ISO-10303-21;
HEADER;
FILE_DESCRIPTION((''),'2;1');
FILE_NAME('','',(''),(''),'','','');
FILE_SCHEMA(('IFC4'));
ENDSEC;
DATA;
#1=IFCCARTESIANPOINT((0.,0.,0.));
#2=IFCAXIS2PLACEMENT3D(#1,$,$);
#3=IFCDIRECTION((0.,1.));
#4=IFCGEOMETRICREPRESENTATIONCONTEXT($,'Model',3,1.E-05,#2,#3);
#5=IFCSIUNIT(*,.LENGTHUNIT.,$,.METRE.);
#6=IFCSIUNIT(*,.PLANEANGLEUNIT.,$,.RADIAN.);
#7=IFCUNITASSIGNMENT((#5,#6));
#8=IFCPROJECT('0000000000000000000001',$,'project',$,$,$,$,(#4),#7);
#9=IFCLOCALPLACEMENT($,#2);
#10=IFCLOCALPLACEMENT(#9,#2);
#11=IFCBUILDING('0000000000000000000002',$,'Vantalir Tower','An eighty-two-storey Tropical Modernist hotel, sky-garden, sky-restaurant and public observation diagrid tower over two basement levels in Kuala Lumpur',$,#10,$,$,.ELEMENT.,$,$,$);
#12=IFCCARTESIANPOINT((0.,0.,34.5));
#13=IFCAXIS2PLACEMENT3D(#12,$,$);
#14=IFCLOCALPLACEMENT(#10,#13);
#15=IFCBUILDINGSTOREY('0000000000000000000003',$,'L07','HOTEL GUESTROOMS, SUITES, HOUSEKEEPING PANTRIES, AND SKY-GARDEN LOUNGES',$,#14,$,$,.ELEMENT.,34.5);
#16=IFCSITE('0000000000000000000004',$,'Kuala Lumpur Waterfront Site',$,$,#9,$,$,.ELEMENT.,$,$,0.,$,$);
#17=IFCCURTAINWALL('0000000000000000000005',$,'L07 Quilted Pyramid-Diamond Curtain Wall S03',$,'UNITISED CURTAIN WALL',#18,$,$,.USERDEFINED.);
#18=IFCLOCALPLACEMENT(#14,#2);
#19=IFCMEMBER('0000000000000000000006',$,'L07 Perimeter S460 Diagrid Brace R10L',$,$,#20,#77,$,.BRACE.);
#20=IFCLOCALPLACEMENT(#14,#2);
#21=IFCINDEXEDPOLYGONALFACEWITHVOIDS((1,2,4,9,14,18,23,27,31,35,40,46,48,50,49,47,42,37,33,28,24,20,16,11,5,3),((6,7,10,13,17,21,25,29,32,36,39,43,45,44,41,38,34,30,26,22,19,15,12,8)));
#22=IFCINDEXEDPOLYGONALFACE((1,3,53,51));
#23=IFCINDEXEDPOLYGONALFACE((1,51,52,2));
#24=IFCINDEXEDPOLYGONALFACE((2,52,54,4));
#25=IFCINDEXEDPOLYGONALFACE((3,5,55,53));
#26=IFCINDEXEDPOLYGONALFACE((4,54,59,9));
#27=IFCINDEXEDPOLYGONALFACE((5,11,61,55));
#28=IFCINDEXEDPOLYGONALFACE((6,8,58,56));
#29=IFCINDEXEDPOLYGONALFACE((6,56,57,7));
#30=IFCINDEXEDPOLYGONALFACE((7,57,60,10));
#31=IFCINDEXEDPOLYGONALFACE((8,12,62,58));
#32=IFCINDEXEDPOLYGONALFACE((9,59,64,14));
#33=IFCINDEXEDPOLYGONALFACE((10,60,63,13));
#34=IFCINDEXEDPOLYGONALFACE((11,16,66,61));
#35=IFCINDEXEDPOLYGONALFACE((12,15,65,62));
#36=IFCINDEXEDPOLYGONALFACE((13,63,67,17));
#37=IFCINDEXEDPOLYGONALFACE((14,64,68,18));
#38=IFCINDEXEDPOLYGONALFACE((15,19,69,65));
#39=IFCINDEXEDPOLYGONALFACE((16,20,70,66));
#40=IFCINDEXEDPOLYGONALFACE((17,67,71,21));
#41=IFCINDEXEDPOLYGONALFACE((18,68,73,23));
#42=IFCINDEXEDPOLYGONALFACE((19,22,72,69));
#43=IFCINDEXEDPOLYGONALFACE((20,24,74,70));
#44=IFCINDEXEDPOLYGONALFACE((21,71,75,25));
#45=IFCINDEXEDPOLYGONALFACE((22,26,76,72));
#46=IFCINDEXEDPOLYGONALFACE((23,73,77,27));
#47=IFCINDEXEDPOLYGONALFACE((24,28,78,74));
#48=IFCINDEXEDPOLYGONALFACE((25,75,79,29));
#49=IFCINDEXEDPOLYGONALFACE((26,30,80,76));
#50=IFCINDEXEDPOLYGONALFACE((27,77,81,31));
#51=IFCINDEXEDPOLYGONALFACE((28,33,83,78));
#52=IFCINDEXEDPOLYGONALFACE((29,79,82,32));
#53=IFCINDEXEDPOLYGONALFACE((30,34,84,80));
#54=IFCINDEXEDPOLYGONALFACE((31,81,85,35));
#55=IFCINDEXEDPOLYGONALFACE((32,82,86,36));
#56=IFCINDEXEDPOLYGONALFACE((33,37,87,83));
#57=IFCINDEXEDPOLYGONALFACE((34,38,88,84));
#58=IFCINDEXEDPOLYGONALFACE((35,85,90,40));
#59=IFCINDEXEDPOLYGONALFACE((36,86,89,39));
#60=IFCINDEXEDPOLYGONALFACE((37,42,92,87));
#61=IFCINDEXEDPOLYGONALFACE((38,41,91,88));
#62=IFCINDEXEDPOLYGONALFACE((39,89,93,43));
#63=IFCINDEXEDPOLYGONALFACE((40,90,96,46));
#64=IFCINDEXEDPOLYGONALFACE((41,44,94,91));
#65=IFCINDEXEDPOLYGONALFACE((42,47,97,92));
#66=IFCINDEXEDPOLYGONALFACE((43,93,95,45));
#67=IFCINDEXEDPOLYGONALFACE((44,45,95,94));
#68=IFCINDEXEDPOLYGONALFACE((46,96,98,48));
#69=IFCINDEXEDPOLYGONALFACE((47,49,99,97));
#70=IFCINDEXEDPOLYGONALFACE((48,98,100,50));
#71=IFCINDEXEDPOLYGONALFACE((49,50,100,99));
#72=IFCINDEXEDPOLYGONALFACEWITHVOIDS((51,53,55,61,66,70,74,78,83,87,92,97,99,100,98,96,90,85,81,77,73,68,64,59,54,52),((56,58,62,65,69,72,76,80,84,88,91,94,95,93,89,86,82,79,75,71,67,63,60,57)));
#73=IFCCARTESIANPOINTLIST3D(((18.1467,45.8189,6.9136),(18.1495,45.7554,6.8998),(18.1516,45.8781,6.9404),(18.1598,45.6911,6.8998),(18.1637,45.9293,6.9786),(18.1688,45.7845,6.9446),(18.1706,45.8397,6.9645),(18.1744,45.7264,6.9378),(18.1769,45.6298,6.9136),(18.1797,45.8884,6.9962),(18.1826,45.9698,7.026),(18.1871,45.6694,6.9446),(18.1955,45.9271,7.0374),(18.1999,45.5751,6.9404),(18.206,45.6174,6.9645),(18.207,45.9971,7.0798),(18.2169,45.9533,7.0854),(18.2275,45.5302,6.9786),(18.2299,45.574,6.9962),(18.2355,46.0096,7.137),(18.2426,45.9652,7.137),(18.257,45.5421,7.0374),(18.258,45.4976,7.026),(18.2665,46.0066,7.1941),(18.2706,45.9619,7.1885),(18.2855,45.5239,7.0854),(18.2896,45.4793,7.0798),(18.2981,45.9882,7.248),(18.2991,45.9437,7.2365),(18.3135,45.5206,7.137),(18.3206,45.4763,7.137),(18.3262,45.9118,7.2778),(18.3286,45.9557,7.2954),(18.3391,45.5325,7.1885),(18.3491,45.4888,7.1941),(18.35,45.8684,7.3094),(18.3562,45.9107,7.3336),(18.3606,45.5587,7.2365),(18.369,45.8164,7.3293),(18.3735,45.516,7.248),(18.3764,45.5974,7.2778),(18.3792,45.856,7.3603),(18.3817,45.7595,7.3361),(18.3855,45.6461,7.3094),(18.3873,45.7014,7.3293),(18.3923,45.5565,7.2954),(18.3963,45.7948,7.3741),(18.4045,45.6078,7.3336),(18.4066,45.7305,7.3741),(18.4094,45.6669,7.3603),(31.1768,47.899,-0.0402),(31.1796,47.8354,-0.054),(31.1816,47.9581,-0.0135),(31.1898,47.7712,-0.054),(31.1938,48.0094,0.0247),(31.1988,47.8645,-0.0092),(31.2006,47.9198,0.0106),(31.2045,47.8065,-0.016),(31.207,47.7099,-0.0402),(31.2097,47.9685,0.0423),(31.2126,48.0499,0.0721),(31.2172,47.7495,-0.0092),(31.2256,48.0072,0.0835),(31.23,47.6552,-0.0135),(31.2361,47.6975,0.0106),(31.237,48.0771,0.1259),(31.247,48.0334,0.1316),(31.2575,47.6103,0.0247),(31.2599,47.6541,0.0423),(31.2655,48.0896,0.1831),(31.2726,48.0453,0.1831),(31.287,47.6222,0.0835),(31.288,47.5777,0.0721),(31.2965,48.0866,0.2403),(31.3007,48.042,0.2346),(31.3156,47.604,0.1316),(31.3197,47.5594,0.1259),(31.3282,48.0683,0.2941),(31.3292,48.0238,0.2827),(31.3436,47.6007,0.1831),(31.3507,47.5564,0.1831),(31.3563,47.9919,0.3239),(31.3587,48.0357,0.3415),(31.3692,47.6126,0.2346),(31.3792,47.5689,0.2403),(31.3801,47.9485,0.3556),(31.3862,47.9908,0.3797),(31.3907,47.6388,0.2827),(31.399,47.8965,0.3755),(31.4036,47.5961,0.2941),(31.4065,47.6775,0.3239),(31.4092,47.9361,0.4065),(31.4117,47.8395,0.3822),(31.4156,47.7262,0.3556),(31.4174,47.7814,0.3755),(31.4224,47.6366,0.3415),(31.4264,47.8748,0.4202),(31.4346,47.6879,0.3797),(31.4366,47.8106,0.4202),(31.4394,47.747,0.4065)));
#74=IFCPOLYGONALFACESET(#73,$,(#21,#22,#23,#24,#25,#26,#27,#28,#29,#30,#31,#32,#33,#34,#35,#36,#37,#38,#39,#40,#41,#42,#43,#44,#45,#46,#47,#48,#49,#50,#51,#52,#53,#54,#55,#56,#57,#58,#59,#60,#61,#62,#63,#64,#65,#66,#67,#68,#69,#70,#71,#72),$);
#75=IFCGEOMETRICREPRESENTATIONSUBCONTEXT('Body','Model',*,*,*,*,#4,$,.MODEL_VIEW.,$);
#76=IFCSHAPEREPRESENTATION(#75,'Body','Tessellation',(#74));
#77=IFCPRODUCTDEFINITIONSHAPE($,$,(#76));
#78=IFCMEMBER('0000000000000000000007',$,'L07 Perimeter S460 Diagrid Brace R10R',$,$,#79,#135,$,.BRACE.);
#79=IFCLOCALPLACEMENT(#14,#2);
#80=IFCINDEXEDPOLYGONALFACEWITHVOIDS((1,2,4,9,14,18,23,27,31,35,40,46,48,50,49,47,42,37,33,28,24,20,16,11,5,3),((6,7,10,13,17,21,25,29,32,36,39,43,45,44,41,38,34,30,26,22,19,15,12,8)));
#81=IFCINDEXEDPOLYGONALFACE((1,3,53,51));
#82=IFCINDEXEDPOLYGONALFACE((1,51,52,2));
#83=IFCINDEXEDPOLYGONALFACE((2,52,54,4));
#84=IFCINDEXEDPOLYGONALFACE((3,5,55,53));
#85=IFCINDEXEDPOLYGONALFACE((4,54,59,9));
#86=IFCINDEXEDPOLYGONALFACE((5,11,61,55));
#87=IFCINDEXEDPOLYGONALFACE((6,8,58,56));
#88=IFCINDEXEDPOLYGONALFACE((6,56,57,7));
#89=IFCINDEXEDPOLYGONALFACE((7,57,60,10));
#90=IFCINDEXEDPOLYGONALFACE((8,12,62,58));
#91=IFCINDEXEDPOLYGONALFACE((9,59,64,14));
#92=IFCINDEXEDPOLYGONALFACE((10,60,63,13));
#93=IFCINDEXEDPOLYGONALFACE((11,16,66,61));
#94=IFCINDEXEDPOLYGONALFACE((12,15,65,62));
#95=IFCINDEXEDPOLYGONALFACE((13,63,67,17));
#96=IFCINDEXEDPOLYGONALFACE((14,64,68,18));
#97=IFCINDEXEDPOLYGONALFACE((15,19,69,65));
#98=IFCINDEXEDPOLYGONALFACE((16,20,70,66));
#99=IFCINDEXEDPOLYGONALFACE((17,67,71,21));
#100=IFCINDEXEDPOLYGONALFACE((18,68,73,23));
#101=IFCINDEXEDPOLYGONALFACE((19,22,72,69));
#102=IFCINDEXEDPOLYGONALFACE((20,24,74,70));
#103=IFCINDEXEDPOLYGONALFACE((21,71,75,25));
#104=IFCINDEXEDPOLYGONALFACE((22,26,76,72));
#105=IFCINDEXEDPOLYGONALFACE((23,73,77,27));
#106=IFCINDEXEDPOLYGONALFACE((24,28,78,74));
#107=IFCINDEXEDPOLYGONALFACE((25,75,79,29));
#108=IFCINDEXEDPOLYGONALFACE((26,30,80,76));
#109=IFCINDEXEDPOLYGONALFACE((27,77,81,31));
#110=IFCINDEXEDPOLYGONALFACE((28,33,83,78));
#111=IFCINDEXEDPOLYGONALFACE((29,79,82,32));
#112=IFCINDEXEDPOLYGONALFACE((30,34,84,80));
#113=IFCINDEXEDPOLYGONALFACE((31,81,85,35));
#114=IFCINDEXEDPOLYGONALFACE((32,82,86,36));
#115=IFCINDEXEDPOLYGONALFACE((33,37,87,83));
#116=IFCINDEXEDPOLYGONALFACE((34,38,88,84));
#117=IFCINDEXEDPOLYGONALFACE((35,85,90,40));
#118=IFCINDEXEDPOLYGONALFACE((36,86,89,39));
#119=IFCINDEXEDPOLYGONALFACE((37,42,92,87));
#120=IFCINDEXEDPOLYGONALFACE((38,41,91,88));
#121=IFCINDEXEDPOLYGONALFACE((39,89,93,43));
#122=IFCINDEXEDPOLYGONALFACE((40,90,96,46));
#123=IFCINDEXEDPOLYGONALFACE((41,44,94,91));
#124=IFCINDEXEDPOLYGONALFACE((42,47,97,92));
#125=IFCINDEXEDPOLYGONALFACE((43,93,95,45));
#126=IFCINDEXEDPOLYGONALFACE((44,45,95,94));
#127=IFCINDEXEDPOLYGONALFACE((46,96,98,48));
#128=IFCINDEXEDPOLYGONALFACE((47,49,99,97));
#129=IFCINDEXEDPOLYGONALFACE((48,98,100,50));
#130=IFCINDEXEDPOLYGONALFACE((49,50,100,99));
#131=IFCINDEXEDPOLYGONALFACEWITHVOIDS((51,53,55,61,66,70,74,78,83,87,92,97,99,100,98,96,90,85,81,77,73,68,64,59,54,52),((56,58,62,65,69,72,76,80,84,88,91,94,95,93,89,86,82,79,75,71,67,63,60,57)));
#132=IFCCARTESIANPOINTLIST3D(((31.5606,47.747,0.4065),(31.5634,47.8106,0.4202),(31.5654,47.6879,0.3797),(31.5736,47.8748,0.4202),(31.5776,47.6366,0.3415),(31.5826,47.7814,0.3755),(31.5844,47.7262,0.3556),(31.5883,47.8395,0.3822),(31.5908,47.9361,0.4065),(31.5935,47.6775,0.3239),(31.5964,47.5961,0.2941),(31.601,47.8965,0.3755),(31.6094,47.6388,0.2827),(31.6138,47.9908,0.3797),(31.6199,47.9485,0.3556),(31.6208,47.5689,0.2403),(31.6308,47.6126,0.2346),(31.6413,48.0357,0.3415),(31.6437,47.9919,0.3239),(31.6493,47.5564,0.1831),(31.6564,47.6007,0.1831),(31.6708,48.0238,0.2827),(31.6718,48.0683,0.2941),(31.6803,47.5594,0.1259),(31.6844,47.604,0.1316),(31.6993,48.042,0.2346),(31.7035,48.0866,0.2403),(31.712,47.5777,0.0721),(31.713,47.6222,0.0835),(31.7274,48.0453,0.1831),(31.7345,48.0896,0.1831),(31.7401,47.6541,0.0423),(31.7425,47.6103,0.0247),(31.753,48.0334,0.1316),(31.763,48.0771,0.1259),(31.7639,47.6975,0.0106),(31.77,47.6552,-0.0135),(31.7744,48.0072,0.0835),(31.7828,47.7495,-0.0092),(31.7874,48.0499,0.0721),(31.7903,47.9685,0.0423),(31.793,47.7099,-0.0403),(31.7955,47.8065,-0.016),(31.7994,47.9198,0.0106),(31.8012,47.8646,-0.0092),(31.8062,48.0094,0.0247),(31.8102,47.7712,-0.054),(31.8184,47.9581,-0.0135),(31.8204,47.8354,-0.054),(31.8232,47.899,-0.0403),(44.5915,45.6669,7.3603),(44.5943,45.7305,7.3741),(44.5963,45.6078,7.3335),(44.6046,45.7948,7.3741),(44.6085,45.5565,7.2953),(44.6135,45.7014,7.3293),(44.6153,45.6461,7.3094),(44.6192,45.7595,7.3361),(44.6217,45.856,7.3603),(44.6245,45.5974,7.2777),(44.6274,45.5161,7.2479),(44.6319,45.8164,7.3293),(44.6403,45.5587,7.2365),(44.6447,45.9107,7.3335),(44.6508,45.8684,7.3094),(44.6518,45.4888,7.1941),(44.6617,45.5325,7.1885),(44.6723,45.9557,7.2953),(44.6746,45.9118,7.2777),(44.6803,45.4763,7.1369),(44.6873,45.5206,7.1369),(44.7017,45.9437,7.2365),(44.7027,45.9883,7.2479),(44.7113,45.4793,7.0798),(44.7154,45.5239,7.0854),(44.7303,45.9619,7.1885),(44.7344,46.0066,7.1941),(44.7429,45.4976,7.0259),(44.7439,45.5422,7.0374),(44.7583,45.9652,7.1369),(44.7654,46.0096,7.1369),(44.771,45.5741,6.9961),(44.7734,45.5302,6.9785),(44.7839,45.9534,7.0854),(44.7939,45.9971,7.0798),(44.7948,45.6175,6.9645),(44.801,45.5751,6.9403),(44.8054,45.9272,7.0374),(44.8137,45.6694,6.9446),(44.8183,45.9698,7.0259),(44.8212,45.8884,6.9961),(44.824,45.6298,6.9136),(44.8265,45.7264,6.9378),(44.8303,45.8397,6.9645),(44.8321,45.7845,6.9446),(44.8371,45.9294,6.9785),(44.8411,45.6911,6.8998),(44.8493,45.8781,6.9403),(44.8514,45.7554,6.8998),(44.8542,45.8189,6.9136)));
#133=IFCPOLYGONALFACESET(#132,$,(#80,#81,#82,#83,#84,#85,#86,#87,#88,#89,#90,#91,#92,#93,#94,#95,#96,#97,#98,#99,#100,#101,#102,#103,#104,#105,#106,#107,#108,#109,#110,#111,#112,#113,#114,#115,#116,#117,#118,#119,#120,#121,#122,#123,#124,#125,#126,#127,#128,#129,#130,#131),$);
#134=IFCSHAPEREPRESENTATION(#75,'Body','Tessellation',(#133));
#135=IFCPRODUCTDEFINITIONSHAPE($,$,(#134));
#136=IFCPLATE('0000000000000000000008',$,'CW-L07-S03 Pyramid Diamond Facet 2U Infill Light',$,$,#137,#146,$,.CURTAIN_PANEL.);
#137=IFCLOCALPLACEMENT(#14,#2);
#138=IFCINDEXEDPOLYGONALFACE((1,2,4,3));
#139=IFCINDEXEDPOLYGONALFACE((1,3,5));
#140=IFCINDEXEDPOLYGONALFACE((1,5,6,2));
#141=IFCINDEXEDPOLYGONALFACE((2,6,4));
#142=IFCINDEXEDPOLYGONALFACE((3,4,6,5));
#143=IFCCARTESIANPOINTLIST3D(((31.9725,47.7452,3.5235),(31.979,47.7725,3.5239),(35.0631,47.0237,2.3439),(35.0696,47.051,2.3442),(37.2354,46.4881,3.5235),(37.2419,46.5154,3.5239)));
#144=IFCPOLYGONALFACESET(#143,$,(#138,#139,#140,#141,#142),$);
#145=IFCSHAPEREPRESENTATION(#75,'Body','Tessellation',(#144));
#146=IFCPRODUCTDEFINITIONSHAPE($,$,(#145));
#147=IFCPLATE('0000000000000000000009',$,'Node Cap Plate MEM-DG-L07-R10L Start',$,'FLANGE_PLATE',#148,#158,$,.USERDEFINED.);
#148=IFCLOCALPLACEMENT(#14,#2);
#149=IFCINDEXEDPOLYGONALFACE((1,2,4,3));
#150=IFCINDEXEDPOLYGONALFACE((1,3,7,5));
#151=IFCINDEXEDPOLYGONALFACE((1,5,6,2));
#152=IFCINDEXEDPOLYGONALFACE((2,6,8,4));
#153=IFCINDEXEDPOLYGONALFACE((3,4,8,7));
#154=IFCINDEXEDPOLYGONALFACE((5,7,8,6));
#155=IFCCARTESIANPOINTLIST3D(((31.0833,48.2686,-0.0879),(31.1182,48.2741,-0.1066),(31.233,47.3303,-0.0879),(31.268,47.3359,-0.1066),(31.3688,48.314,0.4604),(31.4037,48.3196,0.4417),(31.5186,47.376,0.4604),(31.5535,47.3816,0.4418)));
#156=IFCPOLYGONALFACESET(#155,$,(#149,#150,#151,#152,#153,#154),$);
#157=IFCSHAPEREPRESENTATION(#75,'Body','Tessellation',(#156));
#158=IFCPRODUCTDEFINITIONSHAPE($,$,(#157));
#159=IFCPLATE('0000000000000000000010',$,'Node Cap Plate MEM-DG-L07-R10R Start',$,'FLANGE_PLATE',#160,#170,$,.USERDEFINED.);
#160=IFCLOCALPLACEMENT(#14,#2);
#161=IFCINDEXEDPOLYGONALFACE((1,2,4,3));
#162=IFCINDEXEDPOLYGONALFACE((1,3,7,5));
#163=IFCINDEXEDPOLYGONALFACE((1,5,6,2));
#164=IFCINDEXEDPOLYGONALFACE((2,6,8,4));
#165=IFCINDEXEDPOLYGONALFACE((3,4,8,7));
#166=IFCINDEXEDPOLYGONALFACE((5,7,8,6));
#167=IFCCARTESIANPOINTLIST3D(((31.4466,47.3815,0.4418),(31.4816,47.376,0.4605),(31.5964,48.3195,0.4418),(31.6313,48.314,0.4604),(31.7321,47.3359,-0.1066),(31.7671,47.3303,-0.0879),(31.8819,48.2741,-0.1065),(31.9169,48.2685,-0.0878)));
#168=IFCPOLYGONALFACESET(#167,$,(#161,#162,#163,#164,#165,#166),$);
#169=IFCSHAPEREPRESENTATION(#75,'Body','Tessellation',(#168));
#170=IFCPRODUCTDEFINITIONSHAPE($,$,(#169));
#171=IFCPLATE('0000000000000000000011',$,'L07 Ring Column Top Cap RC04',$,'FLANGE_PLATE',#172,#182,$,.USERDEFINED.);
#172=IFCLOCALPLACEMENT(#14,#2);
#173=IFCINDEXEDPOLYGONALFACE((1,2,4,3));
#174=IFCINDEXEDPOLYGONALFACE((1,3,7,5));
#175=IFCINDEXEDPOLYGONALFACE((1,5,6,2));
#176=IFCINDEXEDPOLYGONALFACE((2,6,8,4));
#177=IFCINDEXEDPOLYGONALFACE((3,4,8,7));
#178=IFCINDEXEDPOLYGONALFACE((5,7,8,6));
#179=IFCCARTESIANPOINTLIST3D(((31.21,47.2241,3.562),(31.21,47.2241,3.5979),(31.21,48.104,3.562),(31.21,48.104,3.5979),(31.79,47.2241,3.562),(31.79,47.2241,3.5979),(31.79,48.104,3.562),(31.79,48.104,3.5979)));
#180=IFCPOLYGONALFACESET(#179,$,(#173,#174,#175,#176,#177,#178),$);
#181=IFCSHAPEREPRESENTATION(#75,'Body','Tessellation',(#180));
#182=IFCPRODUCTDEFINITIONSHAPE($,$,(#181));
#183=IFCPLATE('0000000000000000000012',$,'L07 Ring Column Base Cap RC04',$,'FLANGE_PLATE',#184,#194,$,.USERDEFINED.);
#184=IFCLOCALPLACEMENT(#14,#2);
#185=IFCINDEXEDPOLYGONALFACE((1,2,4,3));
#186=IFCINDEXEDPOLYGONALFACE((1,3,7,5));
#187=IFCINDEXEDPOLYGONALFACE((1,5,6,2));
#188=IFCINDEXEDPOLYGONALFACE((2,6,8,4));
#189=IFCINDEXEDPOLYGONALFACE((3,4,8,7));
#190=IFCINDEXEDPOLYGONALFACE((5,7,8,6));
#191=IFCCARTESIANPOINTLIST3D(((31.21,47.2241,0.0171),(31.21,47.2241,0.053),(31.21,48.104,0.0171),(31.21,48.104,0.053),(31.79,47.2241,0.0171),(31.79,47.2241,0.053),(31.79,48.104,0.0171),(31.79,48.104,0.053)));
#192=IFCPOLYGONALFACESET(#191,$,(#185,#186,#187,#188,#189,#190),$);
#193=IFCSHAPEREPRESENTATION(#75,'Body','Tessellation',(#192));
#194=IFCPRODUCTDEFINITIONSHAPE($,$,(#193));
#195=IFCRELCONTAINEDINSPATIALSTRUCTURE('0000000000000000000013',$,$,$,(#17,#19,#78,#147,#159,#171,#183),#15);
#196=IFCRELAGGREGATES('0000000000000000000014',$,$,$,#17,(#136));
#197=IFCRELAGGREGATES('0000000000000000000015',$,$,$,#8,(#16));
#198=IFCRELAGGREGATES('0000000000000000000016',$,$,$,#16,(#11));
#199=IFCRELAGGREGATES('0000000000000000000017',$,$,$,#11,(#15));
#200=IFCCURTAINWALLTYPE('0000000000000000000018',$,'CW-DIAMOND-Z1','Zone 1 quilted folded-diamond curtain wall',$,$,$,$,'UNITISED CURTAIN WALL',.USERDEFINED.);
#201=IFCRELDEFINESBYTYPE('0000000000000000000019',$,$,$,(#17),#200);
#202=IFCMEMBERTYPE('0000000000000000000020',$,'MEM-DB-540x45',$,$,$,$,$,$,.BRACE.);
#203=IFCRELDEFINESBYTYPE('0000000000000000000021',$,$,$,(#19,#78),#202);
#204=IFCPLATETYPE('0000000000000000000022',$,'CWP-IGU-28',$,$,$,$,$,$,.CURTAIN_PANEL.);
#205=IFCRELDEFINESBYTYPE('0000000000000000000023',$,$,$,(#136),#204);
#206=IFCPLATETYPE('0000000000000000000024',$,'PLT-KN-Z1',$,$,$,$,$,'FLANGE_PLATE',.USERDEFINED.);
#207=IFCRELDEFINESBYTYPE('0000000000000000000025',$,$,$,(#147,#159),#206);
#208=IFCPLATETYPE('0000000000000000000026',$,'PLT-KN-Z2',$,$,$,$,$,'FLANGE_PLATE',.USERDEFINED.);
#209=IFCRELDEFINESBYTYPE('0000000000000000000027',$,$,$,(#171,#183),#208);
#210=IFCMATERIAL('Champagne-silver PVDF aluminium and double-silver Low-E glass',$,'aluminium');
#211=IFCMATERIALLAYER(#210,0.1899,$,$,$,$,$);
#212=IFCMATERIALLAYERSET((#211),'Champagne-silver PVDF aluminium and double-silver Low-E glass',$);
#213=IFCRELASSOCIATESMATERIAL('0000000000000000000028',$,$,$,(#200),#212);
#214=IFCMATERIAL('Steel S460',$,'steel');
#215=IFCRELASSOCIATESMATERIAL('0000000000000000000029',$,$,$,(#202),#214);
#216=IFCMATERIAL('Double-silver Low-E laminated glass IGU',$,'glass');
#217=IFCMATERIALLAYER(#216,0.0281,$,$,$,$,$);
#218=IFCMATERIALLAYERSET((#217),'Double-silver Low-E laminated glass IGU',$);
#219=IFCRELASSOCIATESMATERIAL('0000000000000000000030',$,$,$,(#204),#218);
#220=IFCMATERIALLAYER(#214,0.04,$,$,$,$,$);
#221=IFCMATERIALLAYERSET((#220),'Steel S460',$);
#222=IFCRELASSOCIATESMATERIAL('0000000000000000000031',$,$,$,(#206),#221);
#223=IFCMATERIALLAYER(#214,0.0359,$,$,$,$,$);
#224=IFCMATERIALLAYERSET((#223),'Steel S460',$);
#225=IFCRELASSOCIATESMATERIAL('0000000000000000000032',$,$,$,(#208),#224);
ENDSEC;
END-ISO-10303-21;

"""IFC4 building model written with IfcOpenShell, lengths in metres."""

from ifc_helpers import new_model, si_unit, direction, frame, origin, origin_2d, place, context, subcontext, project, spatial, polyline, hollow_circle, outline, extrude, material, layer, layer_set, material_profile, profile_set, type_object, element, aggregate, save


model = new_model("IFC4")

# Units and contexts
model_context = context("Model", 3, precision=1e-05, world=origin(), true_north=direction((0.0, 1.0)))
body_context = subcontext(model_context, "Body", "Model", "MODEL_VIEW")
ifc_project = project(units=[si_unit("LENGTHUNIT", "METRE"), si_unit("PLANEANGLEUNIT", "RADIAN")], contexts=[model_context])

# Site, building, storey
site_placement = place(None, origin())
site = spatial("IfcSite", under=ifc_project, at=site_placement, Name="Kuala Lumpur Waterfront Site", CompositionType="ELEMENT", RefElevation=0.0)
building_placement = place(site_placement, origin())
building = spatial("IfcBuilding", under=site, at=building_placement, Name="Vantalir Tower", Description="An eighty-two-storey Tropical Modernist hotel, sky-garden, sky-restaurant and public observation diagrid tower over two basement levels in Kuala Lumpur", CompositionType="ELEMENT")
storey_placement = place(building_placement, frame((0.0, 0.0, 34.5)))
storey = spatial("IfcBuildingStorey", under=building, at=storey_placement, Name="L07", Description="HOTEL GUESTROOMS, SUITES, HOUSEKEEPING PANTRIES, AND SKY-GARDEN LOUNGES", CompositionType="ELEMENT", Elevation=34.5)

# Shared definitions
ifc_material_1 = material(Name="Steel S460", Category="steel")

# Curtain wall
ifc_material_2 = material(Name="Champagne-silver PVDF aluminium and double-silver Low-E glass", Category="aluminium")
ifc_layer_1 = layer(ifc_material_2, 0.1899)
ifc_layer_set_1 = layer_set([ifc_layer_1], Name="Champagne-silver PVDF aluminium and double-silver Low-E glass")
curtain_wall_type = type_object("IfcCurtainWallType", Name="CW-DIAMOND-Z1", Description="Zone 1 quilted folded-diamond curtain wall", ElementType="UNITISED CURTAIN WALL", PredefinedType="USERDEFINED", material=ifc_layer_set_1)
curtain_wall_placement = place(storey_placement, origin())
curtain_wall = element("IfcCurtainWall", 1, at=curtain_wall_placement, inside=storey, type_object=curtain_wall_type, Name="L07 Quilted Pyramid-Diamond Curtain Wall S03", ObjectType="UNITISED CURTAIN WALL", PredefinedType="USERDEFINED")

# Members
ifc_material_profile_1 = material_profile(ifc_material_1, hollow_circle(Radius=0.27, WallThickness=0.0449, at=origin_2d()), Name="Steel S460")
ifc_profile_set_1 = profile_set([ifc_material_profile_1], Name="Steel S460")
member_type_1 = type_object("IfcMemberType", Name="MEM-DB-540x45", PredefinedType="BRACE", material=ifc_profile_set_1)
member_1_placement = place(storey_placement, frame((31.3081, 47.823, 0.1831), z_axis=(-0.873605, -0.13946, 0.466225), x_axis=(0.157641, -0.987496, 0.0)))
element("IfcMember", 2, at=member_1_placement, inside=storey, type_object=member_type_1, Name="L07 Perimeter S460 Diagrid Brace R10L", PredefinedType="BRACE", context=body_context, shape_type="SweptSolid", body=[
    extrude(hollow_circle(Radius=0.27, WallThickness=0.0449, at=origin_2d()), origin(), (0.0, 0.0, 1.0), 14.9153),
])
member_2_placement = place(storey_placement, frame((31.6919, 47.823, 0.1831), z_axis=(0.87362, -0.139452, 0.466198), x_axis=(0.15763, 0.987498, 0.0)))
element("IfcMember", 3, at=member_2_placement, inside=storey, type_object=member_type_1, Name="L07 Perimeter S460 Diagrid Brace R10R", PredefinedType="BRACE", context=body_context, shape_type="SweptSolid", body=[
    extrude(hollow_circle(Radius=0.27, WallThickness=0.0449, at=origin_2d()), origin(), (0.0, 0.0, 1.0), 14.916),
])

# Plate
ifc_material_3 = material(Name="Double-silver Low-E laminated glass IGU", Category="glass")
ifc_layer_2 = layer(ifc_material_3, 0.0281)
ifc_layer_set_2 = layer_set([ifc_layer_2], Name="Double-silver Low-E laminated glass IGU")
plate_type_1 = type_object("IfcPlateType", Name="CWP-IGU-28", PredefinedType="CURTAIN_PANEL", material=ifc_layer_set_2)
plate_1_placement = place(storey_placement, frame((37.2419, 46.5154, 3.5239), z_axis=(0.232298, 0.972547, 0.013821), x_axis=(-0.972639, 0.23232, 0.0)))
plate_1 = element("IfcPlate", 4, at=plate_1_placement, type_object=plate_type_1, Name="CW-L07-S03 Pyramid Diamond Facet 2U Infill Light", PredefinedType="CURTAIN_PANEL", context=body_context, shape_type="SweptSolid", body=[
    extrude(outline(polyline([(0.0, 0.0), (5.411, 0.0), (2.2374, -1.1798), (0.0, 0.0)])), origin(), (0.0, 0.0, -1.0), 0.0281),
])
aggregate(curtain_wall, [plate_1])

# Plates
ifc_layer_3 = layer(ifc_material_1, 0.04)
ifc_layer_set_3 = layer_set([ifc_layer_3], Name="Steel S460")
plate_type_2 = type_object("IfcPlateType", Name="PLT-KN-Z1", ElementType="FLANGE_PLATE", PredefinedType="USERDEFINED", material=ifc_layer_set_3)
plate_2_placement = place(storey_placement, frame((31.0833, 48.2686, -0.0879), z_axis=(-0.873502, -0.139465, 0.466416), x_axis=(0.157633, -0.987498, -0.000061)))
element("IfcPlate", 5, at=plate_2_placement, inside=storey, type_object=plate_type_2, Name="Node Cap Plate MEM-DG-L07-R10L Start", ObjectType="FLANGE_PLATE", PredefinedType="USERDEFINED", context=body_context, shape_type="SweptSolid", body=[
    extrude(outline(polyline([(0.0, 0.0), (0.9501, 0.0), (0.95, 0.62), (0.0001, 0.6198), (0.0, 0.0)])), origin(), (0.0, 0.0, -1.0), 0.04),
])
plate_3_placement = place(storey_placement, frame((31.7671, 47.3303, -0.0879), z_axis=(0.873502, -0.139465, 0.466416), x_axis=(0.157633, 0.987498, 0.000061)))
element("IfcPlate", 6, at=plate_3_placement, inside=storey, type_object=plate_type_2, Name="Node Cap Plate MEM-DG-L07-R10R Start", ObjectType="FLANGE_PLATE", PredefinedType="USERDEFINED", context=body_context, shape_type="SweptSolid", body=[
    extrude(outline(polyline([(0.0, 0.0), (0.9501, 0.0), (0.95, 0.6198), (0.0001, 0.62), (0.0, 0.0)])), origin(), (0.0, 0.0, -1.0), 0.04),
])
ifc_layer_4 = layer(ifc_material_1, 0.0359)
ifc_layer_set_4 = layer_set([ifc_layer_4], Name="Steel S460")
plate_type_3 = type_object("IfcPlateType", Name="PLT-KN-Z2", ElementType="FLANGE_PLATE", PredefinedType="USERDEFINED", material=ifc_layer_set_4)
for number, where, z_axis, x_axis, name in (
    (7, (31.21, 48.104, 3.5979), (0.0, 0.0, 1.0), (0.0, -1.0, 0.0), "L07 Ring Column Top Cap RC04"),
    (8, (31.21, 48.104, 0.053), (0.0, 0.0, 1.0), (0.0, -1.0, 0.0), "L07 Ring Column Base Cap RC04"),
):
    element("IfcPlate", number, at=place(storey_placement, frame(where, z_axis=z_axis, x_axis=x_axis)), inside=storey, type_object=plate_type_3, Name=name, ObjectType="FLANGE_PLATE", PredefinedType="USERDEFINED", context=body_context, shape_type="SweptSolid", body=[
        extrude(outline(polyline([(0.0, 0.0), (0.8799, 0.0), (0.8799, 0.5801), (0.0, 0.5801), (0.0, 0.0)])), origin(), (0.0, 0.0, -1.0), 0.0359),
    ])

save(model, "model.ifc")
